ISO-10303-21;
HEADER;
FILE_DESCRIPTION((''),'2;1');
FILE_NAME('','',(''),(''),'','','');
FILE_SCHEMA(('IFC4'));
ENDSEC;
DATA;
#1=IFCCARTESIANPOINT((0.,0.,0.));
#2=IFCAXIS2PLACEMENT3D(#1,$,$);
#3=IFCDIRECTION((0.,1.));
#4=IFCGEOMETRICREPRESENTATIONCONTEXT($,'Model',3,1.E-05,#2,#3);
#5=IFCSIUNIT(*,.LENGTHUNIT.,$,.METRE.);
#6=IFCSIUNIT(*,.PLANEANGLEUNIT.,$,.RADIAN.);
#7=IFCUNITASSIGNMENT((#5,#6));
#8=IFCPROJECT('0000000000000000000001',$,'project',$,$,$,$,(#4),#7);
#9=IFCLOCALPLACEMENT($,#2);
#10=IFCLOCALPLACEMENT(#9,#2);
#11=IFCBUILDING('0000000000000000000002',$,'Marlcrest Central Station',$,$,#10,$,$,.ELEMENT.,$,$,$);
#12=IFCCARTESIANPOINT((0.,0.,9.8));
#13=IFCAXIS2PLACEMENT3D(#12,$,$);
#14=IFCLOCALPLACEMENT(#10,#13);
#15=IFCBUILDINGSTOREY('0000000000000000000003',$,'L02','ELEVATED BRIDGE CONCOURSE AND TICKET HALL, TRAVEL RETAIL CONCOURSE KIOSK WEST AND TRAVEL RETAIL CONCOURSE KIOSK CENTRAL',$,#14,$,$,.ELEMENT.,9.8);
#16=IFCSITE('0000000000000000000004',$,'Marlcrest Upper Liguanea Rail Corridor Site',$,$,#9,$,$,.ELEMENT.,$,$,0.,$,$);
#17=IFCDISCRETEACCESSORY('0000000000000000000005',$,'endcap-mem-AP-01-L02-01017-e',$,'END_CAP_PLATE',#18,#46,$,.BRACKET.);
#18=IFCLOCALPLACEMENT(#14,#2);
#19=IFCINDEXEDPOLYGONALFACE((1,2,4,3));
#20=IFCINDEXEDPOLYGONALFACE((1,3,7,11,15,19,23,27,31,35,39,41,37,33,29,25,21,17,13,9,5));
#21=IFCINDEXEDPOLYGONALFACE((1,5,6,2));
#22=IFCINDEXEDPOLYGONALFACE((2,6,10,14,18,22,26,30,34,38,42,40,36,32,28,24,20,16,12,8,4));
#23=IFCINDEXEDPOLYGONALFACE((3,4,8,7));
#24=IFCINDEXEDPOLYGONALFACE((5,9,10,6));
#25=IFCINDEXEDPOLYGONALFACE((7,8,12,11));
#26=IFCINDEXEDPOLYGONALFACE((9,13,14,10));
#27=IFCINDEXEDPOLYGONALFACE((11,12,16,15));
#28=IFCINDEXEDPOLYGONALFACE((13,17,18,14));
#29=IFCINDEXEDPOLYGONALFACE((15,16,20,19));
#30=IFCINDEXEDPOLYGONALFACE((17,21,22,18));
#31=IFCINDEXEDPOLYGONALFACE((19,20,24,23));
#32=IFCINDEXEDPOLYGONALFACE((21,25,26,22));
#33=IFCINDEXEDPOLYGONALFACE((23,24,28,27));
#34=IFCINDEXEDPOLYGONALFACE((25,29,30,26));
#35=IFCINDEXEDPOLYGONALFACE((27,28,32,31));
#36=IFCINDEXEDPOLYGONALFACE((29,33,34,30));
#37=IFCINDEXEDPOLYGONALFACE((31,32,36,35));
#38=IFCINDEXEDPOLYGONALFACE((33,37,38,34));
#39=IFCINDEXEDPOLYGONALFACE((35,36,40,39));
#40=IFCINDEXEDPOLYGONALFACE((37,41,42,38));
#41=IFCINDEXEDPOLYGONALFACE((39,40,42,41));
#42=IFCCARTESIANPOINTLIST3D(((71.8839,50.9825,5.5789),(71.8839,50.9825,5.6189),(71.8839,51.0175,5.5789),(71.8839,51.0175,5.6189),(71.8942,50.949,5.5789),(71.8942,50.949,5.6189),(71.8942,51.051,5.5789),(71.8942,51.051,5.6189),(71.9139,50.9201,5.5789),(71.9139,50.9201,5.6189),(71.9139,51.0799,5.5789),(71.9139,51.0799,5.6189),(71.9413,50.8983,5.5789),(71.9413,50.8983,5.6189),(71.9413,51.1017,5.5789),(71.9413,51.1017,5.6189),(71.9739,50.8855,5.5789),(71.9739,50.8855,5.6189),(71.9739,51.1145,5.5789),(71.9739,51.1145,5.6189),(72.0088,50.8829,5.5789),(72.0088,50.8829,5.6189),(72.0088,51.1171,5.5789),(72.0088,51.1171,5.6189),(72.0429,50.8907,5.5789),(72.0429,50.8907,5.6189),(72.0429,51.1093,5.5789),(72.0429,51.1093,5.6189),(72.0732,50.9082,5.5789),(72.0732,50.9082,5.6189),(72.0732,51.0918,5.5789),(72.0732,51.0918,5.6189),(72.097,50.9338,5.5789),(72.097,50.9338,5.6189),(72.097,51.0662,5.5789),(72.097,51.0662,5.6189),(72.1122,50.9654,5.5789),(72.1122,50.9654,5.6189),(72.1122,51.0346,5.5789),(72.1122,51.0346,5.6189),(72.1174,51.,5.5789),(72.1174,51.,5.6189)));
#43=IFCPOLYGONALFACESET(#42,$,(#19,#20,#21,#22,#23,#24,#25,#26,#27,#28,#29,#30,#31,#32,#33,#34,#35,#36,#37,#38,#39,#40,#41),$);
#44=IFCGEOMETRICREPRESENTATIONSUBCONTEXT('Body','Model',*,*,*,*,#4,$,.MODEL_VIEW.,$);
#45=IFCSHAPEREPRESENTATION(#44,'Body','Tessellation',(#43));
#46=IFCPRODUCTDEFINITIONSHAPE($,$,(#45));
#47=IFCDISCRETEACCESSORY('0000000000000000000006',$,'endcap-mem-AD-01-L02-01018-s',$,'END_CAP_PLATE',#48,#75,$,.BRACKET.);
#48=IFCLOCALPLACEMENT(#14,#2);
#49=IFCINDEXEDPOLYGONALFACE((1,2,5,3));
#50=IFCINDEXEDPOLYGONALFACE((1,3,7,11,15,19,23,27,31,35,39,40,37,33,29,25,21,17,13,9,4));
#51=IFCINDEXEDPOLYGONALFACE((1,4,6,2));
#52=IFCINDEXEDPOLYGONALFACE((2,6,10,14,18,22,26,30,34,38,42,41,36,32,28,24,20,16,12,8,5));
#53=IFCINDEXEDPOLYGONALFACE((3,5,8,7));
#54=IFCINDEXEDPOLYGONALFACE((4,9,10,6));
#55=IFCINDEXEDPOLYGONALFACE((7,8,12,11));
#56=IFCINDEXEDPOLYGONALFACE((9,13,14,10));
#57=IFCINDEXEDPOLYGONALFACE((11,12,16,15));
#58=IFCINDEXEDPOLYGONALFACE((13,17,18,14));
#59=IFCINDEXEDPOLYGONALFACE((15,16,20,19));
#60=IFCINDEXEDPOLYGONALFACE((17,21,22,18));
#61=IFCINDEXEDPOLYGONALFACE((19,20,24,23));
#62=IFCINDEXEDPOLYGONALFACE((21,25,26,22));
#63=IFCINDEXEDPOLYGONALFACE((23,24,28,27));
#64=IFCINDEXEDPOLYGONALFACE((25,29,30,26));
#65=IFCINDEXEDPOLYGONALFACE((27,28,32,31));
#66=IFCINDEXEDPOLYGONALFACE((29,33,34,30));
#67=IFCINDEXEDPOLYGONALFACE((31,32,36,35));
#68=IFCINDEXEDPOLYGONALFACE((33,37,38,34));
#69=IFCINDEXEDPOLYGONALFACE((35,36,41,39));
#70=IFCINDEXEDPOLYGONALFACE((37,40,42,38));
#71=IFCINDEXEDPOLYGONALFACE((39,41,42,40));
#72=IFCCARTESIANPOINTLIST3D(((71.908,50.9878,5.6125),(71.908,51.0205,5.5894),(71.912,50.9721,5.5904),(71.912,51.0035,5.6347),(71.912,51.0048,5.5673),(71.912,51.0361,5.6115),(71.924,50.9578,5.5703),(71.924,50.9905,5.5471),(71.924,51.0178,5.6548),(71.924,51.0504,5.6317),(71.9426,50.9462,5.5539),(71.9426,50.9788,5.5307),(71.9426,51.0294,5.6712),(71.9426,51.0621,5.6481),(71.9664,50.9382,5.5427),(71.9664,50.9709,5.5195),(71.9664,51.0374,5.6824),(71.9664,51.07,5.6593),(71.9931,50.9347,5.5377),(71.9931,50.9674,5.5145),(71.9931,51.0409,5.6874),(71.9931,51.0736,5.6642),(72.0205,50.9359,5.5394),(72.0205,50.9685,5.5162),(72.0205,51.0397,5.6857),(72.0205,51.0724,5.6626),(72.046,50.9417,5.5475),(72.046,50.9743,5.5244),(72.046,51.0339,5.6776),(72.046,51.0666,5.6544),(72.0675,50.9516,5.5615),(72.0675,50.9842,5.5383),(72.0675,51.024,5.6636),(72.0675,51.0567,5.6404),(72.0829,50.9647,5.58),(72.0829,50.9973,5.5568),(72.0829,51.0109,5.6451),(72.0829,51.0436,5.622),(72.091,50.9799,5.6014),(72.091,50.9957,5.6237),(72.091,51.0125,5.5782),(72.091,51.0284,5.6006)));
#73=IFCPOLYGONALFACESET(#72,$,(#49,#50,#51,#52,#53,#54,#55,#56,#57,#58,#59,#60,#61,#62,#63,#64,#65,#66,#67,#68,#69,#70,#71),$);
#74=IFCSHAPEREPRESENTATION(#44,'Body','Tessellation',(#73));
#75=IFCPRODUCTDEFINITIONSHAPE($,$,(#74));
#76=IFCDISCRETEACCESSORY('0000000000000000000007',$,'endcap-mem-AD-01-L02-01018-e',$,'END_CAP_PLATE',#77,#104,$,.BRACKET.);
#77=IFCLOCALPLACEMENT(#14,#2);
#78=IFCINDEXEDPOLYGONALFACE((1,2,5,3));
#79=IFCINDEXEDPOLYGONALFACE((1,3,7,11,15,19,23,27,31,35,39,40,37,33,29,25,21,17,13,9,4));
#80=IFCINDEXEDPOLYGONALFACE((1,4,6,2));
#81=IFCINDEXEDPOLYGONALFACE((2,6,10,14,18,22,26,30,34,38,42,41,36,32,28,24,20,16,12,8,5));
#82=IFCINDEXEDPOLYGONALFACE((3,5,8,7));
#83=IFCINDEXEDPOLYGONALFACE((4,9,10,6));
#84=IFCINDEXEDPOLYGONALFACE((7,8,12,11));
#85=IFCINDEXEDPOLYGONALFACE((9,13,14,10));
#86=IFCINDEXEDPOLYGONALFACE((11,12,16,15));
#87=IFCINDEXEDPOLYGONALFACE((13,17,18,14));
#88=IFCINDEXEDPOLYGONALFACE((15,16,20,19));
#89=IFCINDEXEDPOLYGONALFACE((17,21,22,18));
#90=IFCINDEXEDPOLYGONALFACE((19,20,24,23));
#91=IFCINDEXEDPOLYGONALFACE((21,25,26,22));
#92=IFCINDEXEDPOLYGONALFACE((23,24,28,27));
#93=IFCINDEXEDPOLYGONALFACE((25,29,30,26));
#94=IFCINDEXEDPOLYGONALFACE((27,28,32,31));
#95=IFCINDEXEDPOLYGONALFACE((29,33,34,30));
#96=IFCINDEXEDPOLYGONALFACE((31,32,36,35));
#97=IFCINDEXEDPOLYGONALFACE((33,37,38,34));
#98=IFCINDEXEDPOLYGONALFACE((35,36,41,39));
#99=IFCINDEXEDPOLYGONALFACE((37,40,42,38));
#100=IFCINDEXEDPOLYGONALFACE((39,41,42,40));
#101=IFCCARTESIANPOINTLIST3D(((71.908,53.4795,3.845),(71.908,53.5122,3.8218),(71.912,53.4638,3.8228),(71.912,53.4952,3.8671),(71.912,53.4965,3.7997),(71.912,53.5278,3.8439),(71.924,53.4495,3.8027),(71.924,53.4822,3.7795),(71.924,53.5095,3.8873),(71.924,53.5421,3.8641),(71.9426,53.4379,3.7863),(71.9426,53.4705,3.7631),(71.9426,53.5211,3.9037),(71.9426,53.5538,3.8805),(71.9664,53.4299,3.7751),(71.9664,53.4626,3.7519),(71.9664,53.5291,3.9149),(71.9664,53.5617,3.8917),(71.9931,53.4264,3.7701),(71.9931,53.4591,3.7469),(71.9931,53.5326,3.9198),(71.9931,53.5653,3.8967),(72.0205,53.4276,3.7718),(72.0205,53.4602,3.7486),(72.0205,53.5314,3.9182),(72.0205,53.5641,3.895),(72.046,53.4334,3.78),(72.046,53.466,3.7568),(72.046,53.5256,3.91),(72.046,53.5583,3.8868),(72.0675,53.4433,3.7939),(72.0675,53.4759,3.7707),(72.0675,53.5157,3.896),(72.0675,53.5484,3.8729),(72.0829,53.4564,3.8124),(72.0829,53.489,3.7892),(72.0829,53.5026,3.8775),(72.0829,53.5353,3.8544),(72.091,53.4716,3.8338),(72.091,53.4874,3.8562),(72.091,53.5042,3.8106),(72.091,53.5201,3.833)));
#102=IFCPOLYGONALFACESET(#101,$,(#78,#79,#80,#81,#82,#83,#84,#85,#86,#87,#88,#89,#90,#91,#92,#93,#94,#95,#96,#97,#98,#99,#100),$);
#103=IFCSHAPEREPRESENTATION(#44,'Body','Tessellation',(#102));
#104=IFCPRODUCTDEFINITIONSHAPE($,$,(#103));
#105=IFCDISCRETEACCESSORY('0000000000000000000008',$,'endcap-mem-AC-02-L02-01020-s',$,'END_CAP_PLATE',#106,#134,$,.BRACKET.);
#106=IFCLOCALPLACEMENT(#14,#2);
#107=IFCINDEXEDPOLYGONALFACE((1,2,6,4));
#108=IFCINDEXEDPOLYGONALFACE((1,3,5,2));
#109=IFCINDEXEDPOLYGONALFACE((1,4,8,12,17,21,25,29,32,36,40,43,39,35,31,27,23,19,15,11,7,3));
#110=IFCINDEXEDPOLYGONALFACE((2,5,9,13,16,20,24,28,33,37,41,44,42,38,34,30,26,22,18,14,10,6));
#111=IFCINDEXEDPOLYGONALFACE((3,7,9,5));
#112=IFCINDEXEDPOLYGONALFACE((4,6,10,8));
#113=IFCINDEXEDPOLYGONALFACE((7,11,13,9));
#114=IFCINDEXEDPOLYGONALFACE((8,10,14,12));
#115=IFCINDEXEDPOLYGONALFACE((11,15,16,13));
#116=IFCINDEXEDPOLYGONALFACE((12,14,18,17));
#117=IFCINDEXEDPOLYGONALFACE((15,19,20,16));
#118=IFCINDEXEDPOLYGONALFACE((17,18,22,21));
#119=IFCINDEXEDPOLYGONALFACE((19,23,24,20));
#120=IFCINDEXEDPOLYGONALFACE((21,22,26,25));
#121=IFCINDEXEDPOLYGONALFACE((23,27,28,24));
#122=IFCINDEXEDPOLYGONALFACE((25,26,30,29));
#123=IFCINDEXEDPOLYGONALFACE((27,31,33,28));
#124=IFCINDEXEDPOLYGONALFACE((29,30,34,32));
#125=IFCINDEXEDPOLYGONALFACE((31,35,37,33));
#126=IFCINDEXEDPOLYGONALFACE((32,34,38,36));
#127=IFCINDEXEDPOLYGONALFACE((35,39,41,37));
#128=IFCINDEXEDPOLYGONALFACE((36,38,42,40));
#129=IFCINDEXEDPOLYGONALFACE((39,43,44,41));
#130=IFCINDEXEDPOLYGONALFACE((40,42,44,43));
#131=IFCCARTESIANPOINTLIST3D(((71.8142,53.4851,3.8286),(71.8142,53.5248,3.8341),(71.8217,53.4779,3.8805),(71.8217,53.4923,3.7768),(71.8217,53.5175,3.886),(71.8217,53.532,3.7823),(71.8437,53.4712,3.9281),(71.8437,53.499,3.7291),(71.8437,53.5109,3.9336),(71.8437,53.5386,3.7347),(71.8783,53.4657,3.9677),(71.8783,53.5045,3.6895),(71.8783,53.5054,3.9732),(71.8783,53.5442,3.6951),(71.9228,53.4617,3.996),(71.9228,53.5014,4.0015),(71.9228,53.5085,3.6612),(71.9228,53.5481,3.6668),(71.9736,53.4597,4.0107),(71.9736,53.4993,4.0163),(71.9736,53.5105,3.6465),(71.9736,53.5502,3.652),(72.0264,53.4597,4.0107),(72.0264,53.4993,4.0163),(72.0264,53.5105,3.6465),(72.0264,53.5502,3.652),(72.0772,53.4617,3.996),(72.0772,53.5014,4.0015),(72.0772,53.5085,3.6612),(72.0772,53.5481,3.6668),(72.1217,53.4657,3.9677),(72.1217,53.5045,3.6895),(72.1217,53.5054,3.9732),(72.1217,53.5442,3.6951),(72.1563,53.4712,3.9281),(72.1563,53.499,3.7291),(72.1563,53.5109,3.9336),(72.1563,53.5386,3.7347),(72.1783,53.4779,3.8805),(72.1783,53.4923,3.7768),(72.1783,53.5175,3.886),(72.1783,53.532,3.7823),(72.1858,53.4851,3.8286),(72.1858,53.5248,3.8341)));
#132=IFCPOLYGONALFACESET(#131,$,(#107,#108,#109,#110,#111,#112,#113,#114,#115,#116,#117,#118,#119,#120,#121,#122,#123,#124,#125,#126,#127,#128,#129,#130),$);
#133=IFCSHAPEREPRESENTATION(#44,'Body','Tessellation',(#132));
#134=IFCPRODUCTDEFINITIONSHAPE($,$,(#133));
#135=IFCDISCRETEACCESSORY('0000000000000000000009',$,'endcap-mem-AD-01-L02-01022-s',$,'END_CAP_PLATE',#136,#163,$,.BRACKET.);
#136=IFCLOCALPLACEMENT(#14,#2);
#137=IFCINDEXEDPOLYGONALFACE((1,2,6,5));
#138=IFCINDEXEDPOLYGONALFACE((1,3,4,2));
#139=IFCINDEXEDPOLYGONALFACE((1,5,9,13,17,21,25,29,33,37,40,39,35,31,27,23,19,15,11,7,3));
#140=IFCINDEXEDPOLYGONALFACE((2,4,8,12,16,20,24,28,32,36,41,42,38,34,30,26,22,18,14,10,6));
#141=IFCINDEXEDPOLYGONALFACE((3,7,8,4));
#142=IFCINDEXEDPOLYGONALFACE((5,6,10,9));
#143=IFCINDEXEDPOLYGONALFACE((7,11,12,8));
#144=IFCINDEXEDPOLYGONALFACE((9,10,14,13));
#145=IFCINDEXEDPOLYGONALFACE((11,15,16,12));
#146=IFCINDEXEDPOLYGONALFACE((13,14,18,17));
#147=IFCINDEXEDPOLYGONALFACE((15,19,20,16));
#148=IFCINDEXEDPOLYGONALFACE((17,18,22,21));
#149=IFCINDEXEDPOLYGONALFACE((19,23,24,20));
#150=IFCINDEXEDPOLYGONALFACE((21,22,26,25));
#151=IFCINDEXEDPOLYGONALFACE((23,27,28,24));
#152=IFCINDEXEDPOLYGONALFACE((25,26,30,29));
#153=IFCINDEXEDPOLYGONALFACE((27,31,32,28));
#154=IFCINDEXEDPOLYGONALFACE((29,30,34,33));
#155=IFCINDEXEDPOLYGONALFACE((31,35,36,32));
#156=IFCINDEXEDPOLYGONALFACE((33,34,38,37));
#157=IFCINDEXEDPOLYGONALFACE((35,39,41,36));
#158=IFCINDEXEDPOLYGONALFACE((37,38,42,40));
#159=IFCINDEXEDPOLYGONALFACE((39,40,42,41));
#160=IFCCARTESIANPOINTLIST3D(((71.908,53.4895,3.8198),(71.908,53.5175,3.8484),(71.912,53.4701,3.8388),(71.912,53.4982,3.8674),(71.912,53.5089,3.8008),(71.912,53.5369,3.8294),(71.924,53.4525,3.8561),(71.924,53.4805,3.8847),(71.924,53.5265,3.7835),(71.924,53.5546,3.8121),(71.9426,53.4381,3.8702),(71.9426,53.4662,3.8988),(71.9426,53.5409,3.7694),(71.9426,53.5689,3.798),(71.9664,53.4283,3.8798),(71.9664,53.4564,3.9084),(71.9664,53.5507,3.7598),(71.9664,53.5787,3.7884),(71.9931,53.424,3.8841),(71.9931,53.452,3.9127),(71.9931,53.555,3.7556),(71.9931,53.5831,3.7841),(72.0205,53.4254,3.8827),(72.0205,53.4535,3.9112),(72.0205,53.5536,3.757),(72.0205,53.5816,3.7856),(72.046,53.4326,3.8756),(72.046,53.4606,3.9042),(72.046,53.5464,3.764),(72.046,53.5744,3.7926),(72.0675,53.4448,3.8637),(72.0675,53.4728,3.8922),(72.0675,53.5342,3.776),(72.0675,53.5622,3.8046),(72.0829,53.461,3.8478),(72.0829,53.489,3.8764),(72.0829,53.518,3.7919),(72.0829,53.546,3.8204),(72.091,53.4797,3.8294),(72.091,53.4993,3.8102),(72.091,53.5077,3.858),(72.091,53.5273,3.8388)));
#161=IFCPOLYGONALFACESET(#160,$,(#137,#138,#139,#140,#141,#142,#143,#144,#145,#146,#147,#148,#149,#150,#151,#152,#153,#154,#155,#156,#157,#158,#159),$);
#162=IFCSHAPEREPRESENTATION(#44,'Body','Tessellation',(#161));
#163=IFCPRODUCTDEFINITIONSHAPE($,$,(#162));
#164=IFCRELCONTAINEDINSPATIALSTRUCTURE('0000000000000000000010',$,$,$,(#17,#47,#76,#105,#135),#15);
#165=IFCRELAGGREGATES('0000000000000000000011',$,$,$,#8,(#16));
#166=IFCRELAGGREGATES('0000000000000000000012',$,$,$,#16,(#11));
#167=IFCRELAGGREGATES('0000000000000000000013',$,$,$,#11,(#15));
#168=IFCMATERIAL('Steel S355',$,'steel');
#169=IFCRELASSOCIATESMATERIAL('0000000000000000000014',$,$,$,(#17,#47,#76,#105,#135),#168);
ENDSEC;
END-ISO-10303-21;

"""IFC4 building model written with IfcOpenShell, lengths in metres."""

from ifc_helpers import new_model, si_unit, direction, frame, origin, origin_2d, place, context, subcontext, project, spatial, circle, extrude, material, element, save


model = new_model("IFC4")

# Units and contexts
model_context = context("Model", 3, precision=1e-05, world=origin(), true_north=direction((0.0, 1.0)))
body_context = subcontext(model_context, "Body", "Model", "MODEL_VIEW")
ifc_project = project(units=[si_unit("LENGTHUNIT", "METRE"), si_unit("PLANEANGLEUNIT", "RADIAN")], contexts=[model_context])

# Site, building, storey
site_placement = place(None, origin())
site = spatial("IfcSite", under=ifc_project, at=site_placement, Name="Marlcrest Upper Liguanea Rail Corridor Site", CompositionType="ELEMENT", RefElevation=0.0)
building_placement = place(site_placement, origin())
building = spatial("IfcBuilding", under=site, at=building_placement, Name="Marlcrest Central Station", CompositionType="ELEMENT")
storey_placement = place(building_placement, frame((0.0, 0.0, 9.8)))
storey = spatial("IfcBuildingStorey", under=building, at=storey_placement, Name="L02", Description="ELEVATED BRIDGE CONCOURSE AND TICKET HALL, TRAVEL RETAIL CONCOURSE KIOSK WEST AND TRAVEL RETAIL CONCOURSE KIOSK CENTRAL", CompositionType="ELEMENT", Elevation=9.8)

# Shared definitions
ifc_material = material(Name="Steel S355", Category="steel")

# Discrete accessories
for number, where, z_axis, x_axis, name in (
    (1, (72.0, 51.0, 5.5789), (0.0, 0.0, 1.0), (1.0, 0.0, 0.0), "endcap-mem-AP-01-L02-01017-e"),
):
    element("IfcDiscreteAccessory", number, at=place(storey_placement, frame(where, z_axis=z_axis, x_axis=x_axis)), inside=storey, material=ifc_material, Name=name, ObjectType="END_CAP_PLATE", PredefinedType="BRACKET", context=body_context, shape_type="SweptSolid", body=[
        extrude(circle(Radius=0.1174, at=origin_2d()), origin(), (0.0, 0.0, 1.0), 0.04),
    ])
for number, where, z_axis, x_axis, name in (
    (2, (72.0, 50.9878, 5.6125), (0.0, 0.815661, -0.57853), (-1.0, 0.0, 0.0), "endcap-mem-AD-01-L02-01018-s"),
    (3, (72.0, 53.4795, 3.845), (0.0, 0.815661, -0.57853), (-1.0, 0.0, 0.0), "endcap-mem-AD-01-L02-01018-e"),
):
    element("IfcDiscreteAccessory", number, at=place(storey_placement, frame(where, z_axis=z_axis, x_axis=x_axis)), inside=storey, material=ifc_material, Name=name, ObjectType="END_CAP_PLATE", PredefinedType="BRACKET", context=body_context, shape_type="SweptSolid", body=[
        extrude(circle(Radius=0.092, at=origin_2d()), origin(), (0.0, 0.0, 1.0), 0.04),
    ])
discrete_accessory_1_placement = place(storey_placement, frame((72.0, 53.4851, 3.8286), z_axis=(0.0, 0.990403, 0.138211), x_axis=(-1.0, 0.0, 0.0)))
element("IfcDiscreteAccessory", 4, at=discrete_accessory_1_placement, inside=storey, material=ifc_material, Name="endcap-mem-AC-02-L02-01020-s", ObjectType="END_CAP_PLATE", PredefinedType="BRACKET", context=body_context, shape_type="SweptSolid", body=[
    extrude(circle(Radius=0.1858, at=origin_2d()), origin(), (0.0, 0.0, 1.0), 0.04),
])
discrete_accessory_2_placement = place(storey_placement, frame((72.0, 53.4895, 3.8198), z_axis=(0.0, 0.700235, 0.713912), x_axis=(-1.0, 0.0, 0.0)))
element("IfcDiscreteAccessory", 5, at=discrete_accessory_2_placement, inside=storey, material=ifc_material, Name="endcap-mem-AD-01-L02-01022-s", ObjectType="END_CAP_PLATE", PredefinedType="BRACKET", context=body_context, shape_type="SweptSolid", body=[
    extrude(circle(Radius=0.092, at=origin_2d()), origin(), (0.0, 0.0, 1.0), 0.04),
])

save(model, "model.ifc")
